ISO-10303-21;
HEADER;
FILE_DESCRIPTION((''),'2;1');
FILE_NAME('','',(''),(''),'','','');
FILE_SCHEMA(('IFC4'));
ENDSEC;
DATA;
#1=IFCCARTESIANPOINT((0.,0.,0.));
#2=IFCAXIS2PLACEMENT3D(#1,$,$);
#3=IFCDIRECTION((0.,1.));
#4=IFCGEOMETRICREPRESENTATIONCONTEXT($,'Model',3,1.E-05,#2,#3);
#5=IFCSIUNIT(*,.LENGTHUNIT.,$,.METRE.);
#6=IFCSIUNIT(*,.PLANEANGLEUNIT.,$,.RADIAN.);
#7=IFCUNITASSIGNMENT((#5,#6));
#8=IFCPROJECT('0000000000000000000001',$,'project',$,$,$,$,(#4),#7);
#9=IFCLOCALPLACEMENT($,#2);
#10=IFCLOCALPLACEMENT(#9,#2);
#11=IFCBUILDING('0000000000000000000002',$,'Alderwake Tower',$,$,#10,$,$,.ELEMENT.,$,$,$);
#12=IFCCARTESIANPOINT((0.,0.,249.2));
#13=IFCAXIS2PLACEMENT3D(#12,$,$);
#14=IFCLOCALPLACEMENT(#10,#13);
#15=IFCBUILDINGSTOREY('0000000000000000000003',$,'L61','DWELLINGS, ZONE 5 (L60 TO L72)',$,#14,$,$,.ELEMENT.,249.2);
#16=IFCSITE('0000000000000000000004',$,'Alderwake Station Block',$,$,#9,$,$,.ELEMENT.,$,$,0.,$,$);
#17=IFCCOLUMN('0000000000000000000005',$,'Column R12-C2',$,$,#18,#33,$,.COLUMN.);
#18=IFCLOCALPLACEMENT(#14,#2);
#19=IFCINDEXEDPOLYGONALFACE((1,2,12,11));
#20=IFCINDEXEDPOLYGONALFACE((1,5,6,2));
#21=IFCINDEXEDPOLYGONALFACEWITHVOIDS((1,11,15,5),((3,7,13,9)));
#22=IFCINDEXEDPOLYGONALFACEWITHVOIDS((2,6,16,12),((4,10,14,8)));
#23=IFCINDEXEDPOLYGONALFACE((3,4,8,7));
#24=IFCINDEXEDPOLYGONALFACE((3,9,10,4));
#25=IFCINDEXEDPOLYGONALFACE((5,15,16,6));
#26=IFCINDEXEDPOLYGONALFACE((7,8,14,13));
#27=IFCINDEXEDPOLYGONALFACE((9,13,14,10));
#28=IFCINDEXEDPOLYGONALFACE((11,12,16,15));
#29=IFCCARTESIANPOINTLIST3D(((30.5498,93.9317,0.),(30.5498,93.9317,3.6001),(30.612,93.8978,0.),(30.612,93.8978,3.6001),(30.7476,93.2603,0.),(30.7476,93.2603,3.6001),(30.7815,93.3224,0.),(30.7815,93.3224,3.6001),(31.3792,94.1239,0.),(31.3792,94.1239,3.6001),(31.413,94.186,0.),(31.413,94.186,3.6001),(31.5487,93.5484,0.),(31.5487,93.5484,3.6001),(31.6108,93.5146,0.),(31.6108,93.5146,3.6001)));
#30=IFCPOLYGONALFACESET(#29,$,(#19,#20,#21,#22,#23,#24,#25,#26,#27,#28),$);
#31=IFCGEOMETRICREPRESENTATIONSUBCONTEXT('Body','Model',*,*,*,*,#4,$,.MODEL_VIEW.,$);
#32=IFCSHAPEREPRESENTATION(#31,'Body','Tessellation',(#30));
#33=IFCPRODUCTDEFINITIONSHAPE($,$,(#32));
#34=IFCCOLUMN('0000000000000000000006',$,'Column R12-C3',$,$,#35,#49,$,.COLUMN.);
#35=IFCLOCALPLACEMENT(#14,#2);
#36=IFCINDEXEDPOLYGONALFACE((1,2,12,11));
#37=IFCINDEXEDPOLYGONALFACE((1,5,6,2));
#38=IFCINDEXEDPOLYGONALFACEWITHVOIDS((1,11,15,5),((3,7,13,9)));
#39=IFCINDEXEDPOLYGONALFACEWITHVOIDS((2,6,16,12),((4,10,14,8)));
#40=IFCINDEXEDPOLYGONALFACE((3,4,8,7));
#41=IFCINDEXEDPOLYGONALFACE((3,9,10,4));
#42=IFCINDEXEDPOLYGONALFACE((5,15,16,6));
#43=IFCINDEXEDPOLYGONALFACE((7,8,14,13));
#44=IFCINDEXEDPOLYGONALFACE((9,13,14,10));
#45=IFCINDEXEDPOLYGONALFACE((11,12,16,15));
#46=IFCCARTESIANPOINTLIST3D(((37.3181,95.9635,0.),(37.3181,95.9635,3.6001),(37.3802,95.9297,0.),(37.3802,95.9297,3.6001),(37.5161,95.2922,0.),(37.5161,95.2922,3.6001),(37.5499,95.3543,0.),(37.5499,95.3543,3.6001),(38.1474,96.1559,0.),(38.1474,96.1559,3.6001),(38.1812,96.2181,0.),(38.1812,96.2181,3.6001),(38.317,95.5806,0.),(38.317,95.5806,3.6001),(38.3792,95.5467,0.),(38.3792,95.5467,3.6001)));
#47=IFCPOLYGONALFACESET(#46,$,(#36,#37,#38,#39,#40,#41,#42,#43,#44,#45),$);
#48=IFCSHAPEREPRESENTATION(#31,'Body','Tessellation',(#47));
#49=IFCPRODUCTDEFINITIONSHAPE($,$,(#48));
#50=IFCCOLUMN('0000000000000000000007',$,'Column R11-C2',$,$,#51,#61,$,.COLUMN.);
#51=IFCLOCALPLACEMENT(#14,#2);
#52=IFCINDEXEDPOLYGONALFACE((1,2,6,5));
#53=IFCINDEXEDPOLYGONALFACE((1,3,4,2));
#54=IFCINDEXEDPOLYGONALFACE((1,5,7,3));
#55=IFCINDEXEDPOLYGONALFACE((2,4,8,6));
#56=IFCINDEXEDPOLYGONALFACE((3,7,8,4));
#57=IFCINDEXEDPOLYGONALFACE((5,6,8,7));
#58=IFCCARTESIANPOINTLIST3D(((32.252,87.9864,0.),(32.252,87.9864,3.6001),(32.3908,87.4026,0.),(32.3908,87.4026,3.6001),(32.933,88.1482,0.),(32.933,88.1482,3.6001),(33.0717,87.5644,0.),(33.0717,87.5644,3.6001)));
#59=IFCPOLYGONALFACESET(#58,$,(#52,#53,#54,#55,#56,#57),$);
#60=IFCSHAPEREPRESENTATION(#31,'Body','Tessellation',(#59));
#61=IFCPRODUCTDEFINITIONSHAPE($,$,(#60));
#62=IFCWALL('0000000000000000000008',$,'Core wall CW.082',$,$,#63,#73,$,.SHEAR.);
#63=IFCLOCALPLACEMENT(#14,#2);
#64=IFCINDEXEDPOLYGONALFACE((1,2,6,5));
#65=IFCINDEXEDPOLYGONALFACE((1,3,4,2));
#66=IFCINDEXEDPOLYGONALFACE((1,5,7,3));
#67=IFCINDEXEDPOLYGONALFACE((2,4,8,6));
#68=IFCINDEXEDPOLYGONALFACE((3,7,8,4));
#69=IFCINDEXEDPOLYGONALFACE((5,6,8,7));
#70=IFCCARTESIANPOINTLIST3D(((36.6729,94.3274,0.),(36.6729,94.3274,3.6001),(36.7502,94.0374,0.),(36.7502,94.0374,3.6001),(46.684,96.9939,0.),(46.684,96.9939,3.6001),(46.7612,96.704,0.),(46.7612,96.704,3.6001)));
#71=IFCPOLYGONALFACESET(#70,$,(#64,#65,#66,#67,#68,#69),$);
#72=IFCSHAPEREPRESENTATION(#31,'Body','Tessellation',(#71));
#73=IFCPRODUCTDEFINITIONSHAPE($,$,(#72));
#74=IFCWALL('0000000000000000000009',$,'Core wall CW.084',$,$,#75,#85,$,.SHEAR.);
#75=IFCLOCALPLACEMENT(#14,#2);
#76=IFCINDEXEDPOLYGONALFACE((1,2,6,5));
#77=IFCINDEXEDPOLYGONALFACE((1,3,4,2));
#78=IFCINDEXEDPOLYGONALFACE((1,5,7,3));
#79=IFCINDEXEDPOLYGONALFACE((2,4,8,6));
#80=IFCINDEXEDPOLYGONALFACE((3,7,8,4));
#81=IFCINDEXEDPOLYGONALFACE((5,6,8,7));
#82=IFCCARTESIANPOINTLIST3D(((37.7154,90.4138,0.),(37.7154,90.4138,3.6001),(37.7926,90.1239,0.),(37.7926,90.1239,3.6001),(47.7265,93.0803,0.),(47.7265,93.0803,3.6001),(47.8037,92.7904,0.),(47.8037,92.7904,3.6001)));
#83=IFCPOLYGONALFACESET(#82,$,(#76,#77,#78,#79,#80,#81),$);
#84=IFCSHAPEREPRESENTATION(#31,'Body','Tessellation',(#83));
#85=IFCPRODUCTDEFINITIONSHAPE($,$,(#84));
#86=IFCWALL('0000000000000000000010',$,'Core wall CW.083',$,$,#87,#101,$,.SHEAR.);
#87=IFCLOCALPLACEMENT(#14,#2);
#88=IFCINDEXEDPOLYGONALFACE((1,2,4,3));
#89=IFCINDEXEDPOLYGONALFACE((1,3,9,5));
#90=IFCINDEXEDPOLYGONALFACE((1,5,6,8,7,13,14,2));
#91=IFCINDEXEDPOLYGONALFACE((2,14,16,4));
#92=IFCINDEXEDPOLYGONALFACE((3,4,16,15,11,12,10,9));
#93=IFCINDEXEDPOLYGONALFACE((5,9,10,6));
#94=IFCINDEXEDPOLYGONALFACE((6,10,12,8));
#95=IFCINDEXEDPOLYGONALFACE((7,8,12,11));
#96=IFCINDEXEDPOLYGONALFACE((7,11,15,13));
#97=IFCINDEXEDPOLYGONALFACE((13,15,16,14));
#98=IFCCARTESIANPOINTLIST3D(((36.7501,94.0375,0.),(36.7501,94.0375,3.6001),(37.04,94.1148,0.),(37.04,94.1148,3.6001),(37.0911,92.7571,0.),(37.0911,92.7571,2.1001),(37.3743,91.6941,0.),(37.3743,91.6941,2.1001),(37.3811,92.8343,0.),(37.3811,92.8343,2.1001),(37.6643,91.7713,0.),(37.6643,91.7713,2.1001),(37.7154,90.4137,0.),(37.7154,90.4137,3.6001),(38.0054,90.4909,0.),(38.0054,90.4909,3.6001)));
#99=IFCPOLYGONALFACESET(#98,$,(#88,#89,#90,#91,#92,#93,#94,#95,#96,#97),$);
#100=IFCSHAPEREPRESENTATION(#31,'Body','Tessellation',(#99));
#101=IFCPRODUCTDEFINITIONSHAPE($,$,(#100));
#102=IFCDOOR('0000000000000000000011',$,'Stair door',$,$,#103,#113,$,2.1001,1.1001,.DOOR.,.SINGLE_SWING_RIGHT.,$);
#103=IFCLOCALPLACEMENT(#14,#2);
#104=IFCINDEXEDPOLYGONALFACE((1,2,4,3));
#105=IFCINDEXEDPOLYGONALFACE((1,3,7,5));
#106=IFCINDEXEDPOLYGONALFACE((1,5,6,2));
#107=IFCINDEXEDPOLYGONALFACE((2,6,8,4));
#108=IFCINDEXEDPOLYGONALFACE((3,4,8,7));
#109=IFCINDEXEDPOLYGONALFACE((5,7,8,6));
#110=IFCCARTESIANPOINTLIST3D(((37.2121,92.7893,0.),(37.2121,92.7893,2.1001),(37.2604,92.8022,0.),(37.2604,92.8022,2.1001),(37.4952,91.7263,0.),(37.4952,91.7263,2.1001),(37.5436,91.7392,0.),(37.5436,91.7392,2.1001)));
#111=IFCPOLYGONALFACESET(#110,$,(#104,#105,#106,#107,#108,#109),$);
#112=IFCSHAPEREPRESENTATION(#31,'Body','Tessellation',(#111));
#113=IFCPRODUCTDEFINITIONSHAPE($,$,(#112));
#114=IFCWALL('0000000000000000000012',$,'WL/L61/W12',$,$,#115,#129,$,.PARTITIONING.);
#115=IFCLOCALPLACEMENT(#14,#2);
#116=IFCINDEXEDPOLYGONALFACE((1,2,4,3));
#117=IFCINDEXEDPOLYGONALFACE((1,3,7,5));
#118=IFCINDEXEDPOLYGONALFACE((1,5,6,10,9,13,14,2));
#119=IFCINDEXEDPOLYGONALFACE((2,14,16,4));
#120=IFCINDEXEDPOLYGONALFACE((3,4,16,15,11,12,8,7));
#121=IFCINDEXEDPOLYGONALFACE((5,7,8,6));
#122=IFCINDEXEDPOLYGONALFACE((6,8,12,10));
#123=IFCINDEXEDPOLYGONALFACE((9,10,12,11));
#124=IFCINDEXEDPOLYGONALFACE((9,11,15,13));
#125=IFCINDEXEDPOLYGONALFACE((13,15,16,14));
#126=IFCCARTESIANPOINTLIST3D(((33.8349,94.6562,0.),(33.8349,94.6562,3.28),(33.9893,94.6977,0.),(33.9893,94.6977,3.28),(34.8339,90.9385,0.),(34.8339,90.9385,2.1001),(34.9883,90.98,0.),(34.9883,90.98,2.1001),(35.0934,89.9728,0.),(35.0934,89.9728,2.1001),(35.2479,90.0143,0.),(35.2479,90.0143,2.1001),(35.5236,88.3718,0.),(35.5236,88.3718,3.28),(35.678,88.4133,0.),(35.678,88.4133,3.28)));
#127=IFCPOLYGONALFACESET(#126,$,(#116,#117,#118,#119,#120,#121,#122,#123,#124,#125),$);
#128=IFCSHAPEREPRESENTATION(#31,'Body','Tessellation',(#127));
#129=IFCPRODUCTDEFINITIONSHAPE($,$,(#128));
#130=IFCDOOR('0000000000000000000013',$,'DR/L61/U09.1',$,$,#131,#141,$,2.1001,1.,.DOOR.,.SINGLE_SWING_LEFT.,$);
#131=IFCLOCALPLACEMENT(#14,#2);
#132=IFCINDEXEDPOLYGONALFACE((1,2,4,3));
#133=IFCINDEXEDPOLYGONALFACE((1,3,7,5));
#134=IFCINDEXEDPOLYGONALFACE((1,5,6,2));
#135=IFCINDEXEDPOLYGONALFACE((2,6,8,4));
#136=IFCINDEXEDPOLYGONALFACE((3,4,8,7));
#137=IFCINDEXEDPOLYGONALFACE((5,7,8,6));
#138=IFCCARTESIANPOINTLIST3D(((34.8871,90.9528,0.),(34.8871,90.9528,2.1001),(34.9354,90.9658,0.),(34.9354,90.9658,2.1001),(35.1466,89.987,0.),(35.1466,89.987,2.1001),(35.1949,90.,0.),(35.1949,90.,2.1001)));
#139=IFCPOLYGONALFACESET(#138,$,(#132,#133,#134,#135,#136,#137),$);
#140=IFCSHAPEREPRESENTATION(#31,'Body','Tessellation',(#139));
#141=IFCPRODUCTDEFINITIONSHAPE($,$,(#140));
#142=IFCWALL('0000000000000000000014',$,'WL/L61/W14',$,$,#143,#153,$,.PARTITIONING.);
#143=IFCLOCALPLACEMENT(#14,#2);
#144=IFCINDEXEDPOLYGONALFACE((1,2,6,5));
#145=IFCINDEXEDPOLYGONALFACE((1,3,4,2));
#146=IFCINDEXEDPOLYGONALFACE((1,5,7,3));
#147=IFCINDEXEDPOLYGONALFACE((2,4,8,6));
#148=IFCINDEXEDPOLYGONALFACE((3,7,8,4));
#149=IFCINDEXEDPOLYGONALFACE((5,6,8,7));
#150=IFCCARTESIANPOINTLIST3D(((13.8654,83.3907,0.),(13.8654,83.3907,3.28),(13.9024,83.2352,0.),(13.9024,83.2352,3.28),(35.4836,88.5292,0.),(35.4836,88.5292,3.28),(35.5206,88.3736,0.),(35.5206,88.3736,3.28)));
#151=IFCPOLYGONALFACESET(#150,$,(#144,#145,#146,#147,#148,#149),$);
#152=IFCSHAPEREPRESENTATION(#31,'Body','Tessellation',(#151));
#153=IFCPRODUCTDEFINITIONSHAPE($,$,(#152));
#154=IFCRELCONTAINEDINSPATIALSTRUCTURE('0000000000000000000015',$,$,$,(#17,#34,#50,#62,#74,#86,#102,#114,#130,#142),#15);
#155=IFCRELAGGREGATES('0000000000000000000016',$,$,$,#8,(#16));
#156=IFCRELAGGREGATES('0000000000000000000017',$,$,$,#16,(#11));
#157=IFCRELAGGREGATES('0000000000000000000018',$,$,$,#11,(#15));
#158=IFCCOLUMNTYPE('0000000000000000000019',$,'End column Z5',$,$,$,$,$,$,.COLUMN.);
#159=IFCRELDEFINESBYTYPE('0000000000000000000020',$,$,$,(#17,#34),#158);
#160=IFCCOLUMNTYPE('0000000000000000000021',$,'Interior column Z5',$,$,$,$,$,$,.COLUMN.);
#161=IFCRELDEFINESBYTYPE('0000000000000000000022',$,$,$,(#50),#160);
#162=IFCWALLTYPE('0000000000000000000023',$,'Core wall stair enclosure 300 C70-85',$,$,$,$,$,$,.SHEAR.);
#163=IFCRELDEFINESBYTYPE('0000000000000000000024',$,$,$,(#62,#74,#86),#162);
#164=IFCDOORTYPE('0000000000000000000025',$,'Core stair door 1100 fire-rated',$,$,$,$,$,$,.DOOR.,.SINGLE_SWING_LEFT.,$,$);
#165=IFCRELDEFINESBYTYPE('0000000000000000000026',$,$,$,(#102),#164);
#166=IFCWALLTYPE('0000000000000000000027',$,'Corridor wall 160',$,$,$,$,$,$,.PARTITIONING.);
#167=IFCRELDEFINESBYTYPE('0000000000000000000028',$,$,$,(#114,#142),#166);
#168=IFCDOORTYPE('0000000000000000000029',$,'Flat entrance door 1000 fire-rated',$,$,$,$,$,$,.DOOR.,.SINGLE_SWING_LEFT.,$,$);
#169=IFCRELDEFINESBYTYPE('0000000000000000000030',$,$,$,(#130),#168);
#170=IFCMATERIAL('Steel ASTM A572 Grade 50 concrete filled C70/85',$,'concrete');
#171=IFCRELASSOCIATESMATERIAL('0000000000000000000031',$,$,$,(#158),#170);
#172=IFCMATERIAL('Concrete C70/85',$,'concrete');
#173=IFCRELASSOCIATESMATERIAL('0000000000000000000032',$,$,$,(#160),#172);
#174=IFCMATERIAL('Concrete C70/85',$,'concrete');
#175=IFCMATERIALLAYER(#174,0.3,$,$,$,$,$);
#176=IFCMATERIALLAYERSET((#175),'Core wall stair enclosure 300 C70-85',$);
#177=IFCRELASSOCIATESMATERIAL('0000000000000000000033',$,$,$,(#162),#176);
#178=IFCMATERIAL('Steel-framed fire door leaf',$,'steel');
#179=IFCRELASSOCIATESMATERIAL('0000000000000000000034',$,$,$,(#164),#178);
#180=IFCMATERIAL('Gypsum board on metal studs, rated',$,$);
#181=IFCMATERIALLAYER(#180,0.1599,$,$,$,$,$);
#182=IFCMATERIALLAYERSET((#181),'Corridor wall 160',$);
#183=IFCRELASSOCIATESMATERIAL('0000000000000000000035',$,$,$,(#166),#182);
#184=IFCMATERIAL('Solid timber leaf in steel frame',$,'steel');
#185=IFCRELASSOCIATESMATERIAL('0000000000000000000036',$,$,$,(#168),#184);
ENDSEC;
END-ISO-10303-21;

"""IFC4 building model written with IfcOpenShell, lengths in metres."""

from ifc_helpers import new_model, si_unit, direction, frame, frame_2d, origin, origin_2d, place, context, subcontext, project, spatial, rectangle, hollow_rectangle, extrude, material, layer, layer_set, material_profile, profile_set, type_object, element, fill, save


model = new_model("IFC4")

# Units and contexts
model_context = context("Model", 3, precision=1e-05, world=origin(), true_north=direction((0.0, 1.0)))
body_context = subcontext(model_context, "Body", "Model", "MODEL_VIEW")
ifc_project = project(units=[si_unit("LENGTHUNIT", "METRE"), si_unit("PLANEANGLEUNIT", "RADIAN")], contexts=[model_context])

# Site, building, storey
site_placement = place(None, origin())
site = spatial("IfcSite", under=ifc_project, at=site_placement, Name="Alderwake Station Block", CompositionType="ELEMENT", RefElevation=0.0)
building_placement = place(site_placement, origin())
building = spatial("IfcBuilding", under=site, at=building_placement, Name="Alderwake Tower", CompositionType="ELEMENT")
storey_placement = place(building_placement, frame((0.0, 0.0, 249.2)))
storey = spatial("IfcBuildingStorey", under=building, at=storey_placement, Name="L61", Description="DWELLINGS, ZONE 5 (L60 TO L72)", CompositionType="ELEMENT", Elevation=249.2)

# Columns
ifc_material_1 = material(Name="Steel ASTM A572 Grade 50 concrete filled C70/85", Category="concrete")
ifc_material_profile_1 = material_profile(ifc_material_1, hollow_rectangle(XDim=0.7, YDim=0.8999, WallThickness=0.05, at=origin_2d()), Name="BOX 900X700X50")
ifc_profile_set_1 = profile_set([ifc_material_profile_1], Name="Steel ASTM A572 Grade 50 concrete filled C70/85")
column_type_1 = type_object("IfcColumnType", Name="End column Z5", PredefinedType="COLUMN", material=ifc_profile_set_1)
for number, where, z_axis, x_axis, name in (
    (1, (31.0803, 93.7231, 0.0), (0.0, 0.0, 1.0), (-0.282583, 0.959243, 0.0), "Column R12-C2"),
    (2, (37.8486, 95.7551, 0.0), (0.0, 0.0, 1.0), (-0.282869, 0.959159, 0.0), "Column R12-C3"),
):
    element("IfcColumn", number, at=place(storey_placement, frame(where, z_axis=z_axis, x_axis=x_axis)), inside=storey, type_object=column_type_1, Name=name, PredefinedType="COLUMN", context=body_context, shape_type="SweptSolid", body=[
        extrude(hollow_rectangle(XDim=0.7, YDim=0.8999, WallThickness=0.05, at=origin_2d()), origin(), (0.0, 0.0, 1.0), 3.6001),
    ])
ifc_material_2 = material(Name="Concrete C70/85", Category="concrete")
ifc_material_profile_2 = material_profile(ifc_material_2, rectangle(XDim=0.6001, YDim=0.7, at=origin_2d()), Name="RC 700X600")
ifc_profile_set_2 = profile_set([ifc_material_profile_2], Name="Concrete C70/85")
column_type_2 = type_object("IfcColumnType", Name="Interior column Z5", PredefinedType="COLUMN", material=ifc_profile_set_2)
column_placement = place(storey_placement, frame((32.6619, 87.7754, 0.0), z_axis=(0.0, 0.0, 1.0), x_axis=(-0.231222, 0.972901, 0.0)))
element("IfcColumn", 3, at=column_placement, inside=storey, type_object=column_type_2, Name="Column R11-C2", PredefinedType="COLUMN", context=body_context, shape_type="SweptSolid", body=[
    extrude(rectangle(XDim=0.6001, YDim=0.7, at=origin_2d()), origin(), (0.0, 0.0, 1.0), 3.6001),
])

# Walls
ifc_material_3 = material(Name="Concrete C70/85", Category="concrete")
ifc_layer_1 = layer(ifc_material_3, 0.3)
ifc_layer_set_1 = layer_set([ifc_layer_1], Name="Core wall stair enclosure 300 C70-85")
wall_type_1 = type_object("IfcWallType", Name="Core wall stair enclosure 300 C70-85", PredefinedType="SHEAR", material=ifc_layer_set_1)
for number, where, z_axis, x_axis, name in (
    (4, (36.7114, 94.1824, 0.0), (0.0, 0.0, 1.0), (0.966309, 0.257384, 0.0), "Core wall CW.082"),
    (5, (37.7539, 90.2688, 0.0), (0.0, 0.0, 1.0), (0.966309, 0.257384, 0.0), "Core wall CW.084"),
):
    element("IfcWall", number, at=place(storey_placement, frame(where, z_axis=z_axis, x_axis=x_axis)), inside=storey, type_object=wall_type_1, Name=name, PredefinedType="SHEAR", context=body_context, shape_type="SweptSolid", body=[
        extrude(rectangle(XDim=10.3601, YDim=0.3, at=frame_2d((5.1802, 0.0))), origin(), (0.0, 0.0, 1.0), 3.6001),
    ])

# Walls, openings, doors
wall_1_placement = place(storey_placement, frame((37.8604, 90.4524, 0.0), z_axis=(0.0, 0.0, 1.0), x_axis=(-0.257411, 0.966302, 0.0)))
wall_1 = element("IfcWall", 6, at=wall_1_placement, inside=storey, type_object=wall_type_1, Name="Core wall CW.083", PredefinedType="SHEAR", context=body_context, shape_type="SweptSolid", body=[
    extrude(rectangle(XDim=3.7502, YDim=0.3, at=frame_2d((1.875, 0.0))), origin(), (0.0, 0.0, 1.0), 3.6001),
])
opening_1_placement = place(wall_1_placement, frame((1.325, 0.0, 0.0)))
opening_1 = element("IfcOpeningElement", 7, at=opening_1_placement, cuts=wall_1, PredefinedType="OPENING", context=body_context, shape_type="SweptSolid", body=[
    extrude(rectangle(XDim=1.1001, YDim=2.1001, at=frame_2d((0.55, 1.05))), frame((0.0, 0.1599, 0.0), z_axis=(0.0, -1.0, 0.0), x_axis=(1.0, 0.0, 0.0)), (0.0, 0.0, 1.0), 0.3201),
])
ifc_material_4 = material(Name="Steel-framed fire door leaf", Category="steel")
door_type_1 = type_object("IfcDoorType", Name="Core stair door 1100 fire-rated", OperationType="SINGLE_SWING_LEFT", PredefinedType="DOOR", material=ifc_material_4)
door_1_placement = place(opening_1_placement, origin())
door_1 = element("IfcDoor", 8, at=door_1_placement, inside=storey, type_object=door_type_1, Name="Stair door", OperationType="SINGLE_SWING_RIGHT", OverallHeight=2.1001, OverallWidth=1.1001, PredefinedType="DOOR", context=body_context, shape_type="SweptSolid", body=[
    extrude(rectangle(XDim=1.1001, YDim=2.1001, at=frame_2d((0.55, 1.05))), frame((0.0, 0.0249, 0.0), z_axis=(0.0, -1.0, 0.0), x_axis=(1.0, 0.0, 0.0)), (0.0, 0.0, 1.0), 0.05),
])
fill(opening_1, door_1)
ifc_material_5 = material(Name="Gypsum board on metal studs, rated")
ifc_layer_2 = layer(ifc_material_5, 0.1599)
ifc_layer_set_2 = layer_set([ifc_layer_2], Name="Corridor wall 160")
wall_type_2 = type_object("IfcWallType", Name="Corridor wall 160", PredefinedType="PARTITIONING", material=ifc_layer_set_2)
wall_2_placement = place(storey_placement, frame((35.6008, 88.3926, 0.0), z_axis=(0.0, 0.0, 1.0), x_axis=(-0.259509, 0.965741, 0.0)))
wall_2 = element("IfcWall", 9, at=wall_2_placement, inside=storey, type_object=wall_type_2, Name="WL/L61/W12", PredefinedType="PARTITIONING", context=body_context, shape_type="SweptSolid", body=[
    extrude(rectangle(XDim=6.5073, YDim=0.1599, at=frame_2d((3.2537, 0.0))), origin(), (0.0, 0.0, 1.0), 3.28),
])
opening_2_placement = place(wall_2_placement, frame((1.6577, 0.0, 0.0)))
opening_2 = element("IfcOpeningElement", 10, at=opening_2_placement, cuts=wall_2, PredefinedType="OPENING", context=body_context, shape_type="SweptSolid", body=[
    extrude(rectangle(XDim=1.0, YDim=2.1001, at=frame_2d((0.5, 1.05))), frame((0.0, 0.0898, 0.0), z_axis=(0.0, -1.0, 0.0), x_axis=(1.0, 0.0, 0.0)), (0.0, 0.0, 1.0), 0.1799),
])
ifc_material_6 = material(Name="Solid timber leaf in steel frame", Category="steel")
door_type_2 = type_object("IfcDoorType", Name="Flat entrance door 1000 fire-rated", OperationType="SINGLE_SWING_LEFT", PredefinedType="DOOR", material=ifc_material_6)
door_2_placement = place(opening_2_placement, origin())
door_2 = element("IfcDoor", 11, at=door_2_placement, inside=storey, type_object=door_type_2, Name="DR/L61/U09.1", OperationType="SINGLE_SWING_LEFT", OverallHeight=2.1001, OverallWidth=1.0, PredefinedType="DOOR", context=body_context, shape_type="SweptSolid", body=[
    extrude(rectangle(XDim=1.0, YDim=2.1001, at=frame_2d((0.5, 1.05))), frame((0.0, 0.0249, 0.0), z_axis=(0.0, -1.0, 0.0), x_axis=(1.0, 0.0, 0.0)), (0.0, 0.0, 1.0), 0.05),
])
fill(opening_2, door_2)

# Wall
wall_3_placement = place(storey_placement, frame((35.5022, 88.4514, 0.0), z_axis=(0.0, 0.0, 1.0), x_axis=(-0.972895, -0.231248, 0.0)))
element("IfcWall", 12, at=wall_3_placement, inside=storey, type_object=wall_type_2, Name="WL/L61/W14", PredefinedType="PARTITIONING", context=body_context, shape_type="SweptSolid", body=[
    extrude(rectangle(XDim=22.2205, YDim=0.1599, at=frame_2d((11.1104, 0.0))), origin(), (0.0, 0.0, 1.0), 3.28),
])

save(model, "model.ifc")
